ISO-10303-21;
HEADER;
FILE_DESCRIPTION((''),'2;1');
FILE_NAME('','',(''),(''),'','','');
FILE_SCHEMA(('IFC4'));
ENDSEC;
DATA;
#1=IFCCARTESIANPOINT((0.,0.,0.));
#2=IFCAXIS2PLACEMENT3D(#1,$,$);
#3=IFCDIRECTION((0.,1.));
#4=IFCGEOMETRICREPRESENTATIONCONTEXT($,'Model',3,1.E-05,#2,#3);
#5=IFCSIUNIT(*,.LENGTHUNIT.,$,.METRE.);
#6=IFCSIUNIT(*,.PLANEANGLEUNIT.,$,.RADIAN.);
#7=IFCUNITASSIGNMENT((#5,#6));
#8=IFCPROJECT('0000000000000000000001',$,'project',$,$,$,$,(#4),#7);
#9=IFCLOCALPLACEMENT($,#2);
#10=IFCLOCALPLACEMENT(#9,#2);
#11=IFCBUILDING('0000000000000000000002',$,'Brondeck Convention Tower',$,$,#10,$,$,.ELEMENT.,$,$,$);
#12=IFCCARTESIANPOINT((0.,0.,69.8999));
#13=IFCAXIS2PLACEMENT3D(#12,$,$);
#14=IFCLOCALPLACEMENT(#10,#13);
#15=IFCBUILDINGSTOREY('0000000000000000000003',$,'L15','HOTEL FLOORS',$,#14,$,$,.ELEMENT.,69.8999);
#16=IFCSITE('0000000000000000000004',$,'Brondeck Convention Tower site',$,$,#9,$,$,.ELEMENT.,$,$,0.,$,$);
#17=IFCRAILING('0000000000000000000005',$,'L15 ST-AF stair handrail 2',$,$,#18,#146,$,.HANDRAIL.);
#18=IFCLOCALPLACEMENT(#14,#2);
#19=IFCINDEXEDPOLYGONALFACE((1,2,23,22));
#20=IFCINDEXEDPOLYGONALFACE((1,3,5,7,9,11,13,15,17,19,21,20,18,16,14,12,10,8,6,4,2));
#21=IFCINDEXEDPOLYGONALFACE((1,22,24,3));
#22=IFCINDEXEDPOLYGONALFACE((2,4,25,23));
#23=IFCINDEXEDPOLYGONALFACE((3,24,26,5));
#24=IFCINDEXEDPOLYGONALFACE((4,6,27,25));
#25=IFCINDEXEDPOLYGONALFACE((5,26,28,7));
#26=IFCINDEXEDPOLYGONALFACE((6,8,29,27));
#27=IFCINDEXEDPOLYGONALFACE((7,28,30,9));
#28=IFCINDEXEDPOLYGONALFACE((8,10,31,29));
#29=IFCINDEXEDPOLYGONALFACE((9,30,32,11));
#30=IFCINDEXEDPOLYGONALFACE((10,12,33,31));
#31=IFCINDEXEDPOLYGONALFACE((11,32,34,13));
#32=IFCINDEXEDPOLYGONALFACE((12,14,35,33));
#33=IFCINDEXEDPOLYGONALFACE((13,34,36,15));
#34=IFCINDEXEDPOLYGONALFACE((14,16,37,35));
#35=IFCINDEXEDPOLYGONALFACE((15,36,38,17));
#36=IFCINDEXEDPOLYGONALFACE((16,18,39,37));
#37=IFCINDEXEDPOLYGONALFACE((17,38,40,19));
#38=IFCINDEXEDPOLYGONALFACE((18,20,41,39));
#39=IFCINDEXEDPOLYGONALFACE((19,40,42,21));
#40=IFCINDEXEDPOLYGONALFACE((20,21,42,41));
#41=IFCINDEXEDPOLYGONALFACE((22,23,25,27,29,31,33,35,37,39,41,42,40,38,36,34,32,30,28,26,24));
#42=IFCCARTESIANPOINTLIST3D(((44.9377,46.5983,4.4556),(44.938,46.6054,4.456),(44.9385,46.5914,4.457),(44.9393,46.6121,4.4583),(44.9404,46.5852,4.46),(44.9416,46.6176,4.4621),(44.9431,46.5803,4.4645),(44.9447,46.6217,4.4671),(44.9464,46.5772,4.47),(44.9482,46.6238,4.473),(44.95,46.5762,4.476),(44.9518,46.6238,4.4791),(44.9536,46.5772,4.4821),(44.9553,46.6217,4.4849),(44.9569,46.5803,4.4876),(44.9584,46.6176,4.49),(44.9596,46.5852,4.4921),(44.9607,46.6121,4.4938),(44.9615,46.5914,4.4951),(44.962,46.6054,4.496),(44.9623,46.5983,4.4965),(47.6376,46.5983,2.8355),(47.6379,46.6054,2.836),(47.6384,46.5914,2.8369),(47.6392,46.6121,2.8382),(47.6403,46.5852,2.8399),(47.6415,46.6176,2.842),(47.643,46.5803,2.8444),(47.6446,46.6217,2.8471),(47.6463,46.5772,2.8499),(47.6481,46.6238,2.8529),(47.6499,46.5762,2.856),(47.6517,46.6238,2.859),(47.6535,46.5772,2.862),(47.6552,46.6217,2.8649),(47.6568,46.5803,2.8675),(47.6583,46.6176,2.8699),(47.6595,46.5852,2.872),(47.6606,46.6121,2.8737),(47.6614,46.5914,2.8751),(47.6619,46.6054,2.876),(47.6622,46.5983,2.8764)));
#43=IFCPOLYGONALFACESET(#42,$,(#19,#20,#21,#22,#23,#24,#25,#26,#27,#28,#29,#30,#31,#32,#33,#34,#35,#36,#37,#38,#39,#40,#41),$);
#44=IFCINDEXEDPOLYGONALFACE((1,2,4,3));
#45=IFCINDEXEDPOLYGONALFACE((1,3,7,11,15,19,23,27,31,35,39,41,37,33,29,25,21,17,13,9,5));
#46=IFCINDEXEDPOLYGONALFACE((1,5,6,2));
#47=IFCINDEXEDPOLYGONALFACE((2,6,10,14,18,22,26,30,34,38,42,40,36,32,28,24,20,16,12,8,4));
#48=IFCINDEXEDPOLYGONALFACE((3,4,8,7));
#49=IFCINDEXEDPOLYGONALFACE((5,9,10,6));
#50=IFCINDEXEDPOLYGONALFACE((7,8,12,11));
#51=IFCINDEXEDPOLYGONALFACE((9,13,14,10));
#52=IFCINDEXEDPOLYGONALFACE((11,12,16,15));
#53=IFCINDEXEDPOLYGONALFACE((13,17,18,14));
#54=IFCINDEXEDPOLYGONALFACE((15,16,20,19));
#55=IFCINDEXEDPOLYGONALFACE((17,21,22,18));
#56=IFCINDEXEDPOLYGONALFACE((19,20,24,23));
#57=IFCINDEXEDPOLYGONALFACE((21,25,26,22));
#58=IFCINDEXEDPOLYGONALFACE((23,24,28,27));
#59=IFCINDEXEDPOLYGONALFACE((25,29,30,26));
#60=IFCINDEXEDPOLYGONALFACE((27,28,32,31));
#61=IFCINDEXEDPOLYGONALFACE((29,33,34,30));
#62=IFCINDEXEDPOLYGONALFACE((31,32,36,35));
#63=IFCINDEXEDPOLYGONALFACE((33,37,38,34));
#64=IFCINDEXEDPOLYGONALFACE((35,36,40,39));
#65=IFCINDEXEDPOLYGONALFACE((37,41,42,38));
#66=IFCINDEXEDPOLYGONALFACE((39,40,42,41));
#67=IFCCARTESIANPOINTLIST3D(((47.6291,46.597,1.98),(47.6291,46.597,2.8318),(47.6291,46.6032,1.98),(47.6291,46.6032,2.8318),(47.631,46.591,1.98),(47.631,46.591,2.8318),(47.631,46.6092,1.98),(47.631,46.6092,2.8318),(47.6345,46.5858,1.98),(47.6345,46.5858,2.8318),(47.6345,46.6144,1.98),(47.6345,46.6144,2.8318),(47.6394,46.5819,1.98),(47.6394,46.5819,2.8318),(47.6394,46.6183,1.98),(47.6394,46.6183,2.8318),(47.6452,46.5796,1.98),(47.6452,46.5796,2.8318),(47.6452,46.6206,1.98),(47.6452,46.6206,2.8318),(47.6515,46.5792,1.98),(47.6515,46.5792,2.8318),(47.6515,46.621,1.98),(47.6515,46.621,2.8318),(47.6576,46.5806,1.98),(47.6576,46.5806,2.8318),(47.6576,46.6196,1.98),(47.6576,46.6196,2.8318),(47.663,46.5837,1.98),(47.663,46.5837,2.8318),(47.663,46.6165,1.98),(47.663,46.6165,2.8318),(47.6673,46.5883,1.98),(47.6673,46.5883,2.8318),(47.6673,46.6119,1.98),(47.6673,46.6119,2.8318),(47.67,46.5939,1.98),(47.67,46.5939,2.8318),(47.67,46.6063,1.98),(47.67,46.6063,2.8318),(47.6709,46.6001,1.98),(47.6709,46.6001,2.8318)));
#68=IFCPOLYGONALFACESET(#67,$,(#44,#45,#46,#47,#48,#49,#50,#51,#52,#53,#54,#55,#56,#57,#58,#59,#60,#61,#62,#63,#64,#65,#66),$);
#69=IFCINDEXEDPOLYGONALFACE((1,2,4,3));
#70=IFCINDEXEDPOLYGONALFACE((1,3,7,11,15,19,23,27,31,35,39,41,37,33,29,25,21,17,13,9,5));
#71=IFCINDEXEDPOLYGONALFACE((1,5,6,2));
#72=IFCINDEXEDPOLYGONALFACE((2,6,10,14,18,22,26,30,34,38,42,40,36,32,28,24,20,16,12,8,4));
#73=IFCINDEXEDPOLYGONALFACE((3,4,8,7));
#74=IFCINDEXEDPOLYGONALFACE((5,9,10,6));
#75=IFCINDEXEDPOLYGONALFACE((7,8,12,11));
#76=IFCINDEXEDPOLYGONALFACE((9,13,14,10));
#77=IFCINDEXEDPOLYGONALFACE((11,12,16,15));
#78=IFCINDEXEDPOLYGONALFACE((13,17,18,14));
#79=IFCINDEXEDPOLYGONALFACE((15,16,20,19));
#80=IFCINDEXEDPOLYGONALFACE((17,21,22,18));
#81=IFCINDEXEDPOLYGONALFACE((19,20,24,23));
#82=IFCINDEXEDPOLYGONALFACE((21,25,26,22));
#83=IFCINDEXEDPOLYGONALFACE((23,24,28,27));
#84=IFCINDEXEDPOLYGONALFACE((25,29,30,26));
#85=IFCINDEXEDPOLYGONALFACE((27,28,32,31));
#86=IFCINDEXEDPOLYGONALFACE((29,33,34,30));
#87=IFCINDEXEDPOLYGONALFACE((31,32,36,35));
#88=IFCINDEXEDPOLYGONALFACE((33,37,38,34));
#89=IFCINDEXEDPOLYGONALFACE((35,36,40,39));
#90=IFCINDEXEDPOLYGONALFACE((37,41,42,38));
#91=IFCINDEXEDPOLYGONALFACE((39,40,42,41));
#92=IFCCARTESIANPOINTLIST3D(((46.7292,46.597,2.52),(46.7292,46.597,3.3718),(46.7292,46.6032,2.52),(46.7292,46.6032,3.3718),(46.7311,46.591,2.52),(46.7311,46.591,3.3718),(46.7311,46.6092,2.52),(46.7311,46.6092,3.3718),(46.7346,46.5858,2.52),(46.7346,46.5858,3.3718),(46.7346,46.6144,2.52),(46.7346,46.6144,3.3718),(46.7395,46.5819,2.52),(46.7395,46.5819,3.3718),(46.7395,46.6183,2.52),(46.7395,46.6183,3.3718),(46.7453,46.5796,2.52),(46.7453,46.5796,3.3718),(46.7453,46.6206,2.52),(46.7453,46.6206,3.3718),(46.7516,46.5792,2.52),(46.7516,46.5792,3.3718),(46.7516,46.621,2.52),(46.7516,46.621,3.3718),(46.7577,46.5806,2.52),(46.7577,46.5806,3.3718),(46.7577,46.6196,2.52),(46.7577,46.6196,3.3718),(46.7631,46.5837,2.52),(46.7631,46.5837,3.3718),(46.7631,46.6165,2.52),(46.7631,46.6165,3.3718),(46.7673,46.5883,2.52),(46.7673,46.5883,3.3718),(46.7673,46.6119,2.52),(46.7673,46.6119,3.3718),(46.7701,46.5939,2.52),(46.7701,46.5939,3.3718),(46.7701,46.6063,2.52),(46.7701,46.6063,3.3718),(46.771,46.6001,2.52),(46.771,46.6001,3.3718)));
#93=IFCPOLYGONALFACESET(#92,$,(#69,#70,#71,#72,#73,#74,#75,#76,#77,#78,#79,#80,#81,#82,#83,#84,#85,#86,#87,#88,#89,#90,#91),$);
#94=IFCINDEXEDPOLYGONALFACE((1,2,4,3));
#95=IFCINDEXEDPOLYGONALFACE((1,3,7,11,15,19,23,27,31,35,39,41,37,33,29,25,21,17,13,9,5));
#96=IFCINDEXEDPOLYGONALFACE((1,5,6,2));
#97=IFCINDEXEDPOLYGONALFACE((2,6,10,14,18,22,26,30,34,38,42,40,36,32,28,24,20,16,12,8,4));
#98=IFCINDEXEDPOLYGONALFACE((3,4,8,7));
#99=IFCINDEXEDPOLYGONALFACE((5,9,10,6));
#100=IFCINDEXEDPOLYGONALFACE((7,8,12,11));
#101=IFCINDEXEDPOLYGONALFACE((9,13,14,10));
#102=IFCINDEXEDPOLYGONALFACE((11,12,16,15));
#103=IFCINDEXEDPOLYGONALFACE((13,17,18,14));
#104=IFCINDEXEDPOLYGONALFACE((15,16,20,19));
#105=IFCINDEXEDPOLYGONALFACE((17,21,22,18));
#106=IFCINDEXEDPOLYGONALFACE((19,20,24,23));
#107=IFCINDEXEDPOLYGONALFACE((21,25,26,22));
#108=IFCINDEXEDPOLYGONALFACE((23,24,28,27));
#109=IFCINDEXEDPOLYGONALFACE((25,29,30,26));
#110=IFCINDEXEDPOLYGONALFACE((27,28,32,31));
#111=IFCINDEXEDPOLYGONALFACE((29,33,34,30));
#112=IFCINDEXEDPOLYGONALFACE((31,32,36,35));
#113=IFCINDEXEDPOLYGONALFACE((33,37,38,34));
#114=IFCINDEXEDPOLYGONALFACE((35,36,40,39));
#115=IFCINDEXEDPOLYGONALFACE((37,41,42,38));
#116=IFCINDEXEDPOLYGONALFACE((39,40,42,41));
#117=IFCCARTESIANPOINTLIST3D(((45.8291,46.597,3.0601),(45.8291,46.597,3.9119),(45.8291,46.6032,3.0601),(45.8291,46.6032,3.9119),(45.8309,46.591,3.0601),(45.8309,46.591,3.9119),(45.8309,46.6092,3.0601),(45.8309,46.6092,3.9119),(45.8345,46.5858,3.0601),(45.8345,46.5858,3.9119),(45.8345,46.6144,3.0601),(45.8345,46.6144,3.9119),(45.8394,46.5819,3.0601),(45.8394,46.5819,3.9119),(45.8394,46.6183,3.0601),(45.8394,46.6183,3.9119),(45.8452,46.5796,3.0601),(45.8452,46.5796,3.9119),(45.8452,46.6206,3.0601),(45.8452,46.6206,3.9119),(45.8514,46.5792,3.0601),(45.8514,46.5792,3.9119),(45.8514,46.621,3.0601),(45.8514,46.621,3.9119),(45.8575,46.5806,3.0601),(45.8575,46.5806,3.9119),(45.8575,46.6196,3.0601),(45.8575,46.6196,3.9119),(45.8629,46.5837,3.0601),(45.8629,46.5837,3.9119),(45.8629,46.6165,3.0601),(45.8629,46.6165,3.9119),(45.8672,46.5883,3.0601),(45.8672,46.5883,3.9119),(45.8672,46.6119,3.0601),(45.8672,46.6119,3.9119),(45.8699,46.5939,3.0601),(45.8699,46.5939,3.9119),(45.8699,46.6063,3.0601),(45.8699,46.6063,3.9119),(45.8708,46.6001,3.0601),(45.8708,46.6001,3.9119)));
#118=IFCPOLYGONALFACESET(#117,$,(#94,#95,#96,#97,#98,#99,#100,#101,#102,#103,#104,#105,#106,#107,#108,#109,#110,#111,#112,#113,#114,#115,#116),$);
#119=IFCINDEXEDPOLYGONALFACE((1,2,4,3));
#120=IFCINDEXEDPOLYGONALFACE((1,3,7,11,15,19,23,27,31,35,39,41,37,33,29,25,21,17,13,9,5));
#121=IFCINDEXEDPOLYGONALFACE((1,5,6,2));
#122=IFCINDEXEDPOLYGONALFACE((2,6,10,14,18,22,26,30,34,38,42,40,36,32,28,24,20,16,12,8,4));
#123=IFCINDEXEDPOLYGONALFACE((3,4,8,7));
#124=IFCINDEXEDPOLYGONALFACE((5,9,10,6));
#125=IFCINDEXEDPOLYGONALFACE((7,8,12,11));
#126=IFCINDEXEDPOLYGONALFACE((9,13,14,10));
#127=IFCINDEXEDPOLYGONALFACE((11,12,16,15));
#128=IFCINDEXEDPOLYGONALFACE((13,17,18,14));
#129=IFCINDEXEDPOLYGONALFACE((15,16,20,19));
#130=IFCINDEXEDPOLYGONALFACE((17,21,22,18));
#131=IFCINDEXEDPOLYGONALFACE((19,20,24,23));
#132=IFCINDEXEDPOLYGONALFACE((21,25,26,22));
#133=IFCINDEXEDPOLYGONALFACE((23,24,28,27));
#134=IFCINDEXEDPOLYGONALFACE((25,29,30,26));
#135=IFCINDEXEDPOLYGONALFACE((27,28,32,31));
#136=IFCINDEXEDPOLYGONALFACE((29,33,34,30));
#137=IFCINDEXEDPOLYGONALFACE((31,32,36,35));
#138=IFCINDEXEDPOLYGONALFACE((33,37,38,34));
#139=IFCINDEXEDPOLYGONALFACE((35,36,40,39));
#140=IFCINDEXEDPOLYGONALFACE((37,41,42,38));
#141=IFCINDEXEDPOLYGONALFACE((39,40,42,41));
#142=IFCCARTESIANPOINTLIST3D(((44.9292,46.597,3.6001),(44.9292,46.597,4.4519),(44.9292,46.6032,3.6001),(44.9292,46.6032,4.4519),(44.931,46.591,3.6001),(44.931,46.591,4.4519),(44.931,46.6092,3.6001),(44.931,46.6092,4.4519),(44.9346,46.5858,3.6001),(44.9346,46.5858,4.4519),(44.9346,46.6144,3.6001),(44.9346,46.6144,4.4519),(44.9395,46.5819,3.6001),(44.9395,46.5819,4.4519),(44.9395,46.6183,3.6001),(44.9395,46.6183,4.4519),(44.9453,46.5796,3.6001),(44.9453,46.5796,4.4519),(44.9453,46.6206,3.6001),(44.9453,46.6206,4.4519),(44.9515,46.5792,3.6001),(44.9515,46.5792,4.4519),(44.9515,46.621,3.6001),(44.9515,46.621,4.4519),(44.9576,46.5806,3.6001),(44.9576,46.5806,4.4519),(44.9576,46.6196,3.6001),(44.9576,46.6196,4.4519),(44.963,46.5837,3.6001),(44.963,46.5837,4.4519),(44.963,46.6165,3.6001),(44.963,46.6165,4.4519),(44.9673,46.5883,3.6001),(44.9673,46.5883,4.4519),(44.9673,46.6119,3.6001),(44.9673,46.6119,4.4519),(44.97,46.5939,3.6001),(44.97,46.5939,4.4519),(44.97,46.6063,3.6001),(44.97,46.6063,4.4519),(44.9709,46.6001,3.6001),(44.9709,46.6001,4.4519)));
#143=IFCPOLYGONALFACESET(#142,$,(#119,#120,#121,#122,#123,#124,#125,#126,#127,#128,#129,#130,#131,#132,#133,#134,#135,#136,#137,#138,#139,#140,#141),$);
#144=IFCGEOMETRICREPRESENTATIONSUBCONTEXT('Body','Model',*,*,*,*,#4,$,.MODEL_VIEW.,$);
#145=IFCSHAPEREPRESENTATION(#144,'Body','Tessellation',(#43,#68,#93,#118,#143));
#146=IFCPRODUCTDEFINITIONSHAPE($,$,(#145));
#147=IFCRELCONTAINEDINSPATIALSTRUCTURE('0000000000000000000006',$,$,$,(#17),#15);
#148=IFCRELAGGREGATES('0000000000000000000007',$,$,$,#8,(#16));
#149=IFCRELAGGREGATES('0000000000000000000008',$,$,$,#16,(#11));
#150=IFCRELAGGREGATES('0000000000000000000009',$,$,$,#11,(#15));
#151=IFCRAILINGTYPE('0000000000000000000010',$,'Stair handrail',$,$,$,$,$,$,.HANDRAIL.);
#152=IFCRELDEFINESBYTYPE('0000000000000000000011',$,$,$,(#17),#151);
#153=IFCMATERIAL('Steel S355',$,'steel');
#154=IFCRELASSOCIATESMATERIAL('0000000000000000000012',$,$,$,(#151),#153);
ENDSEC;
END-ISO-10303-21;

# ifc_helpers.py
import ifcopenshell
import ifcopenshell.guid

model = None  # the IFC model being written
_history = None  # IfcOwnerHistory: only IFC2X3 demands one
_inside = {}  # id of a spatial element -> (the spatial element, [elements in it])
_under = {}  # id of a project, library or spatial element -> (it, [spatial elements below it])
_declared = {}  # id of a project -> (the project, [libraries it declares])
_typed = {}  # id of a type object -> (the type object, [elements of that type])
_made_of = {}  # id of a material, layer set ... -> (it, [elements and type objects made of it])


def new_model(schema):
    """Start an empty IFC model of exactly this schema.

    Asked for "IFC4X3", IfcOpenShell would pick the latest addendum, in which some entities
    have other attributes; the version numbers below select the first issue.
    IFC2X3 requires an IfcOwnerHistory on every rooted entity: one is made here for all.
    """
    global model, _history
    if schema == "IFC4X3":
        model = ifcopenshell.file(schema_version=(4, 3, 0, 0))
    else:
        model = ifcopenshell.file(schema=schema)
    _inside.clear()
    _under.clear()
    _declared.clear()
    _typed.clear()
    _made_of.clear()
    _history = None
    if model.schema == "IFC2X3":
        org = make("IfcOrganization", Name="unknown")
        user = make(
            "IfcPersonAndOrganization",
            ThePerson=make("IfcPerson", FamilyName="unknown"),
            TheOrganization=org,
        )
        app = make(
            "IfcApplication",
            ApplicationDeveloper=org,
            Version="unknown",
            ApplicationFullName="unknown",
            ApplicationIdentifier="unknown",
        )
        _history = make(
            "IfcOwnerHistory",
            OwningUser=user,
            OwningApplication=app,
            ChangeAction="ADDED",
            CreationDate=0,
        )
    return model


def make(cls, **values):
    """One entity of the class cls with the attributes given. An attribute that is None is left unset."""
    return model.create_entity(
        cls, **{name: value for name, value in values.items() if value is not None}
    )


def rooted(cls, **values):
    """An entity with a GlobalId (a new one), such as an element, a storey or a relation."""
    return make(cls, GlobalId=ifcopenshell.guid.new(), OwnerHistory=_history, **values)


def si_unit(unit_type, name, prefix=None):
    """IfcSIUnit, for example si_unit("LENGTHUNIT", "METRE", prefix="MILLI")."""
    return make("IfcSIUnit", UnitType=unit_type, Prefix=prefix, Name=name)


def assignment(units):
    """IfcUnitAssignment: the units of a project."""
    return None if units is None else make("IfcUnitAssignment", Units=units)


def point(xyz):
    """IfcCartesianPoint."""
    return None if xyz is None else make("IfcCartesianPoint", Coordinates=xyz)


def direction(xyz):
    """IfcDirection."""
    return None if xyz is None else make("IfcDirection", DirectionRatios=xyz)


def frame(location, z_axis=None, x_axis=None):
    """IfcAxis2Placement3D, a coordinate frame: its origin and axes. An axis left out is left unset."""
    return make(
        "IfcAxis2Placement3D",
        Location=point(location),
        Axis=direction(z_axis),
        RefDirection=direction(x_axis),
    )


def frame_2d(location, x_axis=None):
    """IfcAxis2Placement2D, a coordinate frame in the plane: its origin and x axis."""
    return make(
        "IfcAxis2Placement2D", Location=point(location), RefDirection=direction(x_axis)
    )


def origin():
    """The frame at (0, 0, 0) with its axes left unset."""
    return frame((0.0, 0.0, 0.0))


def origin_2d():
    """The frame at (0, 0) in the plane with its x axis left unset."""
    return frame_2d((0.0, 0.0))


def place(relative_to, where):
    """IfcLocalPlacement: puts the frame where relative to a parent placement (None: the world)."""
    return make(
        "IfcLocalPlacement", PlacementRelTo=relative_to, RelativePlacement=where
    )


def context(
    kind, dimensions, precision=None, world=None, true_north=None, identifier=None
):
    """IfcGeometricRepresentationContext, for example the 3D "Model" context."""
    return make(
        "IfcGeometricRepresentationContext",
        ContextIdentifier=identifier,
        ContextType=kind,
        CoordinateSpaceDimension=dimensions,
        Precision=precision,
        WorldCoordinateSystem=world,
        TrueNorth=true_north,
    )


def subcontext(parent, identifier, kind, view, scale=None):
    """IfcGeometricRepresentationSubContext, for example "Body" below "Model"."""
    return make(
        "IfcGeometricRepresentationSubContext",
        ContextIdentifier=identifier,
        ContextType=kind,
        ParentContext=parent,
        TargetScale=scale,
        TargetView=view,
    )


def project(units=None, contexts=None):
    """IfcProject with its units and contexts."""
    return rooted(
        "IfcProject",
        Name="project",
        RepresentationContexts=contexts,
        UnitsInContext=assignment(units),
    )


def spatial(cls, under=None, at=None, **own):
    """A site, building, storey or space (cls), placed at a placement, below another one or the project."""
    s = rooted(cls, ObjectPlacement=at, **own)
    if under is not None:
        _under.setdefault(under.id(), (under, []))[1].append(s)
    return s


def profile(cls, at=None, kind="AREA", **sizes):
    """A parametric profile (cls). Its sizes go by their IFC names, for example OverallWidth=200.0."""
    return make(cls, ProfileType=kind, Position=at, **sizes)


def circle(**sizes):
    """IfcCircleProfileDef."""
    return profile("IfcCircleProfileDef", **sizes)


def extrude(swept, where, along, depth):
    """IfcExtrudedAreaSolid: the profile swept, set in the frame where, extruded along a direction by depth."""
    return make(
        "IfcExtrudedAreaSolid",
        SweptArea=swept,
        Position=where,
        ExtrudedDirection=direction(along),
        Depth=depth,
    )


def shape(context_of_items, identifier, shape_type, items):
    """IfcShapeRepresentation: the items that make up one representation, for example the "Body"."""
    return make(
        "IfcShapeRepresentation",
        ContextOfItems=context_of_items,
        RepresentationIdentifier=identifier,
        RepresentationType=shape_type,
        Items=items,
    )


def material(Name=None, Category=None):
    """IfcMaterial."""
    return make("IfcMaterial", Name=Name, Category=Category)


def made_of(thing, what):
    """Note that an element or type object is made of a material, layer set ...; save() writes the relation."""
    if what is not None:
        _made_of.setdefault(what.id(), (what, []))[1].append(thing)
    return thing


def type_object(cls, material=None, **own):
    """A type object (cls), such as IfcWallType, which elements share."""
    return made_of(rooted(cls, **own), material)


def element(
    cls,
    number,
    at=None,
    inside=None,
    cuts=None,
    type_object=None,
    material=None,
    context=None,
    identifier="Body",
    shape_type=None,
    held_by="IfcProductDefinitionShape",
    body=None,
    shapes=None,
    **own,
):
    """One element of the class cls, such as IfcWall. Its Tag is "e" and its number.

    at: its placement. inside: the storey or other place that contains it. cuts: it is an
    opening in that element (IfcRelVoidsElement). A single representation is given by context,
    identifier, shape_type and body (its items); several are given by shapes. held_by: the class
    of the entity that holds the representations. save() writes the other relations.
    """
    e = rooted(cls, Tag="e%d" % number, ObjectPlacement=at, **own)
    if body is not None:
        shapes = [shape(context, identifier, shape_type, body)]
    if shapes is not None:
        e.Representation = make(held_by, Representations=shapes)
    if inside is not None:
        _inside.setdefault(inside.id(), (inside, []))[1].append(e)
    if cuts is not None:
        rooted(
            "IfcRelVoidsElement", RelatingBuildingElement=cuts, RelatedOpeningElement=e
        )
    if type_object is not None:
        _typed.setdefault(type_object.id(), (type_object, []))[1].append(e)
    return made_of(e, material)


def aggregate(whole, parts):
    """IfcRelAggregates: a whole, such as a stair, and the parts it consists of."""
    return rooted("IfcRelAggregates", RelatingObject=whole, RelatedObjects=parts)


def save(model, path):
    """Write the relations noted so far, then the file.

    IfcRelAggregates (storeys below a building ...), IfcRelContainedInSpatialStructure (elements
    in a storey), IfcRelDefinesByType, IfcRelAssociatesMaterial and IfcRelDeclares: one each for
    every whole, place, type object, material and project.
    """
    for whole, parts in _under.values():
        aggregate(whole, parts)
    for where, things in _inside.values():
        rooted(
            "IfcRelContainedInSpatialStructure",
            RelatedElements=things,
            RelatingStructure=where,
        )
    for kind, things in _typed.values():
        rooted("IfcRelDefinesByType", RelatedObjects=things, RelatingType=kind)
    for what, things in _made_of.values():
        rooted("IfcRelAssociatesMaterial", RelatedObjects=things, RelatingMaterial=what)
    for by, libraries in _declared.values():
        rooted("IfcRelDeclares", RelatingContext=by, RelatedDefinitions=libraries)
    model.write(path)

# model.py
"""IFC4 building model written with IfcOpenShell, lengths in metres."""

from ifc_helpers import new_model, si_unit, direction, frame, origin, origin_2d, place, context, subcontext, project, spatial, circle, extrude, material, type_object, element, save


model = new_model("IFC4")

# Units and contexts
model_context = context("Model", 3, precision=1e-05, world=origin(), true_north=direction((0.0, 1.0)))
body_context = subcontext(model_context, "Body", "Model", "MODEL_VIEW")
ifc_project = project(units=[si_unit("LENGTHUNIT", "METRE"), si_unit("PLANEANGLEUNIT", "RADIAN")], contexts=[model_context])

# Site, building, storey
site_placement = place(None, origin())
site = spatial("IfcSite", under=ifc_project, at=site_placement, Name="Brondeck Convention Tower site", CompositionType="ELEMENT", RefElevation=0.0)
building_placement = place(site_placement, origin())
building = spatial("IfcBuilding", under=site, at=building_placement, Name="Brondeck Convention Tower", CompositionType="ELEMENT")
storey_placement = place(building_placement, frame((0.0, 0.0, 69.8999)))
storey = spatial("IfcBuildingStorey", under=building, at=storey_placement, Name="L15", Description="HOTEL FLOORS", CompositionType="ELEMENT", Elevation=69.8999)

# Shared definitions
ifc_material_1 = material(Name="Steel S355", Category="steel")

# Railing
railing_type_1 = type_object("IfcRailingType", Name="Stair handrail", PredefinedType="HANDRAIL", material=ifc_material_1)
railing_1_placement = place(storey_placement, frame((47.6499, 46.6001, 1.98)))
element("IfcRailing", 1, at=railing_1_placement, inside=storey, type_object=railing_type_1, Name="L15 ST-AF stair handrail 2", PredefinedType="HANDRAIL", context=body_context, shape_type="SweptSolid", body=[
    extrude(circle(Radius=0.0239, at=origin_2d()), frame((0.0, 0.0, 0.876), z_axis=(-0.857472, 0.0, 0.51453), x_axis=(0.0, -1.0, 0.0)), (0.0, 0.0, 1.0), 3.1487),
    extrude(circle(Radius=0.021, at=origin_2d()), origin(), (0.0, 0.0, 1.0), 0.8518),
    extrude(circle(Radius=0.021, at=origin_2d()), frame((-0.8999, 0.0, 0.54)), (0.0, 0.0, 1.0), 0.8518),
    extrude(circle(Radius=0.021, at=origin_2d()), frame((-1.8, 0.0, 1.0801)), (0.0, 0.0, 1.0), 0.8518),
    extrude(circle(Radius=0.021, at=origin_2d()), frame((-2.7, 0.0, 1.6201)), (0.0, 0.0, 1.0), 0.8518),
])

save(model, "model.ifc")
